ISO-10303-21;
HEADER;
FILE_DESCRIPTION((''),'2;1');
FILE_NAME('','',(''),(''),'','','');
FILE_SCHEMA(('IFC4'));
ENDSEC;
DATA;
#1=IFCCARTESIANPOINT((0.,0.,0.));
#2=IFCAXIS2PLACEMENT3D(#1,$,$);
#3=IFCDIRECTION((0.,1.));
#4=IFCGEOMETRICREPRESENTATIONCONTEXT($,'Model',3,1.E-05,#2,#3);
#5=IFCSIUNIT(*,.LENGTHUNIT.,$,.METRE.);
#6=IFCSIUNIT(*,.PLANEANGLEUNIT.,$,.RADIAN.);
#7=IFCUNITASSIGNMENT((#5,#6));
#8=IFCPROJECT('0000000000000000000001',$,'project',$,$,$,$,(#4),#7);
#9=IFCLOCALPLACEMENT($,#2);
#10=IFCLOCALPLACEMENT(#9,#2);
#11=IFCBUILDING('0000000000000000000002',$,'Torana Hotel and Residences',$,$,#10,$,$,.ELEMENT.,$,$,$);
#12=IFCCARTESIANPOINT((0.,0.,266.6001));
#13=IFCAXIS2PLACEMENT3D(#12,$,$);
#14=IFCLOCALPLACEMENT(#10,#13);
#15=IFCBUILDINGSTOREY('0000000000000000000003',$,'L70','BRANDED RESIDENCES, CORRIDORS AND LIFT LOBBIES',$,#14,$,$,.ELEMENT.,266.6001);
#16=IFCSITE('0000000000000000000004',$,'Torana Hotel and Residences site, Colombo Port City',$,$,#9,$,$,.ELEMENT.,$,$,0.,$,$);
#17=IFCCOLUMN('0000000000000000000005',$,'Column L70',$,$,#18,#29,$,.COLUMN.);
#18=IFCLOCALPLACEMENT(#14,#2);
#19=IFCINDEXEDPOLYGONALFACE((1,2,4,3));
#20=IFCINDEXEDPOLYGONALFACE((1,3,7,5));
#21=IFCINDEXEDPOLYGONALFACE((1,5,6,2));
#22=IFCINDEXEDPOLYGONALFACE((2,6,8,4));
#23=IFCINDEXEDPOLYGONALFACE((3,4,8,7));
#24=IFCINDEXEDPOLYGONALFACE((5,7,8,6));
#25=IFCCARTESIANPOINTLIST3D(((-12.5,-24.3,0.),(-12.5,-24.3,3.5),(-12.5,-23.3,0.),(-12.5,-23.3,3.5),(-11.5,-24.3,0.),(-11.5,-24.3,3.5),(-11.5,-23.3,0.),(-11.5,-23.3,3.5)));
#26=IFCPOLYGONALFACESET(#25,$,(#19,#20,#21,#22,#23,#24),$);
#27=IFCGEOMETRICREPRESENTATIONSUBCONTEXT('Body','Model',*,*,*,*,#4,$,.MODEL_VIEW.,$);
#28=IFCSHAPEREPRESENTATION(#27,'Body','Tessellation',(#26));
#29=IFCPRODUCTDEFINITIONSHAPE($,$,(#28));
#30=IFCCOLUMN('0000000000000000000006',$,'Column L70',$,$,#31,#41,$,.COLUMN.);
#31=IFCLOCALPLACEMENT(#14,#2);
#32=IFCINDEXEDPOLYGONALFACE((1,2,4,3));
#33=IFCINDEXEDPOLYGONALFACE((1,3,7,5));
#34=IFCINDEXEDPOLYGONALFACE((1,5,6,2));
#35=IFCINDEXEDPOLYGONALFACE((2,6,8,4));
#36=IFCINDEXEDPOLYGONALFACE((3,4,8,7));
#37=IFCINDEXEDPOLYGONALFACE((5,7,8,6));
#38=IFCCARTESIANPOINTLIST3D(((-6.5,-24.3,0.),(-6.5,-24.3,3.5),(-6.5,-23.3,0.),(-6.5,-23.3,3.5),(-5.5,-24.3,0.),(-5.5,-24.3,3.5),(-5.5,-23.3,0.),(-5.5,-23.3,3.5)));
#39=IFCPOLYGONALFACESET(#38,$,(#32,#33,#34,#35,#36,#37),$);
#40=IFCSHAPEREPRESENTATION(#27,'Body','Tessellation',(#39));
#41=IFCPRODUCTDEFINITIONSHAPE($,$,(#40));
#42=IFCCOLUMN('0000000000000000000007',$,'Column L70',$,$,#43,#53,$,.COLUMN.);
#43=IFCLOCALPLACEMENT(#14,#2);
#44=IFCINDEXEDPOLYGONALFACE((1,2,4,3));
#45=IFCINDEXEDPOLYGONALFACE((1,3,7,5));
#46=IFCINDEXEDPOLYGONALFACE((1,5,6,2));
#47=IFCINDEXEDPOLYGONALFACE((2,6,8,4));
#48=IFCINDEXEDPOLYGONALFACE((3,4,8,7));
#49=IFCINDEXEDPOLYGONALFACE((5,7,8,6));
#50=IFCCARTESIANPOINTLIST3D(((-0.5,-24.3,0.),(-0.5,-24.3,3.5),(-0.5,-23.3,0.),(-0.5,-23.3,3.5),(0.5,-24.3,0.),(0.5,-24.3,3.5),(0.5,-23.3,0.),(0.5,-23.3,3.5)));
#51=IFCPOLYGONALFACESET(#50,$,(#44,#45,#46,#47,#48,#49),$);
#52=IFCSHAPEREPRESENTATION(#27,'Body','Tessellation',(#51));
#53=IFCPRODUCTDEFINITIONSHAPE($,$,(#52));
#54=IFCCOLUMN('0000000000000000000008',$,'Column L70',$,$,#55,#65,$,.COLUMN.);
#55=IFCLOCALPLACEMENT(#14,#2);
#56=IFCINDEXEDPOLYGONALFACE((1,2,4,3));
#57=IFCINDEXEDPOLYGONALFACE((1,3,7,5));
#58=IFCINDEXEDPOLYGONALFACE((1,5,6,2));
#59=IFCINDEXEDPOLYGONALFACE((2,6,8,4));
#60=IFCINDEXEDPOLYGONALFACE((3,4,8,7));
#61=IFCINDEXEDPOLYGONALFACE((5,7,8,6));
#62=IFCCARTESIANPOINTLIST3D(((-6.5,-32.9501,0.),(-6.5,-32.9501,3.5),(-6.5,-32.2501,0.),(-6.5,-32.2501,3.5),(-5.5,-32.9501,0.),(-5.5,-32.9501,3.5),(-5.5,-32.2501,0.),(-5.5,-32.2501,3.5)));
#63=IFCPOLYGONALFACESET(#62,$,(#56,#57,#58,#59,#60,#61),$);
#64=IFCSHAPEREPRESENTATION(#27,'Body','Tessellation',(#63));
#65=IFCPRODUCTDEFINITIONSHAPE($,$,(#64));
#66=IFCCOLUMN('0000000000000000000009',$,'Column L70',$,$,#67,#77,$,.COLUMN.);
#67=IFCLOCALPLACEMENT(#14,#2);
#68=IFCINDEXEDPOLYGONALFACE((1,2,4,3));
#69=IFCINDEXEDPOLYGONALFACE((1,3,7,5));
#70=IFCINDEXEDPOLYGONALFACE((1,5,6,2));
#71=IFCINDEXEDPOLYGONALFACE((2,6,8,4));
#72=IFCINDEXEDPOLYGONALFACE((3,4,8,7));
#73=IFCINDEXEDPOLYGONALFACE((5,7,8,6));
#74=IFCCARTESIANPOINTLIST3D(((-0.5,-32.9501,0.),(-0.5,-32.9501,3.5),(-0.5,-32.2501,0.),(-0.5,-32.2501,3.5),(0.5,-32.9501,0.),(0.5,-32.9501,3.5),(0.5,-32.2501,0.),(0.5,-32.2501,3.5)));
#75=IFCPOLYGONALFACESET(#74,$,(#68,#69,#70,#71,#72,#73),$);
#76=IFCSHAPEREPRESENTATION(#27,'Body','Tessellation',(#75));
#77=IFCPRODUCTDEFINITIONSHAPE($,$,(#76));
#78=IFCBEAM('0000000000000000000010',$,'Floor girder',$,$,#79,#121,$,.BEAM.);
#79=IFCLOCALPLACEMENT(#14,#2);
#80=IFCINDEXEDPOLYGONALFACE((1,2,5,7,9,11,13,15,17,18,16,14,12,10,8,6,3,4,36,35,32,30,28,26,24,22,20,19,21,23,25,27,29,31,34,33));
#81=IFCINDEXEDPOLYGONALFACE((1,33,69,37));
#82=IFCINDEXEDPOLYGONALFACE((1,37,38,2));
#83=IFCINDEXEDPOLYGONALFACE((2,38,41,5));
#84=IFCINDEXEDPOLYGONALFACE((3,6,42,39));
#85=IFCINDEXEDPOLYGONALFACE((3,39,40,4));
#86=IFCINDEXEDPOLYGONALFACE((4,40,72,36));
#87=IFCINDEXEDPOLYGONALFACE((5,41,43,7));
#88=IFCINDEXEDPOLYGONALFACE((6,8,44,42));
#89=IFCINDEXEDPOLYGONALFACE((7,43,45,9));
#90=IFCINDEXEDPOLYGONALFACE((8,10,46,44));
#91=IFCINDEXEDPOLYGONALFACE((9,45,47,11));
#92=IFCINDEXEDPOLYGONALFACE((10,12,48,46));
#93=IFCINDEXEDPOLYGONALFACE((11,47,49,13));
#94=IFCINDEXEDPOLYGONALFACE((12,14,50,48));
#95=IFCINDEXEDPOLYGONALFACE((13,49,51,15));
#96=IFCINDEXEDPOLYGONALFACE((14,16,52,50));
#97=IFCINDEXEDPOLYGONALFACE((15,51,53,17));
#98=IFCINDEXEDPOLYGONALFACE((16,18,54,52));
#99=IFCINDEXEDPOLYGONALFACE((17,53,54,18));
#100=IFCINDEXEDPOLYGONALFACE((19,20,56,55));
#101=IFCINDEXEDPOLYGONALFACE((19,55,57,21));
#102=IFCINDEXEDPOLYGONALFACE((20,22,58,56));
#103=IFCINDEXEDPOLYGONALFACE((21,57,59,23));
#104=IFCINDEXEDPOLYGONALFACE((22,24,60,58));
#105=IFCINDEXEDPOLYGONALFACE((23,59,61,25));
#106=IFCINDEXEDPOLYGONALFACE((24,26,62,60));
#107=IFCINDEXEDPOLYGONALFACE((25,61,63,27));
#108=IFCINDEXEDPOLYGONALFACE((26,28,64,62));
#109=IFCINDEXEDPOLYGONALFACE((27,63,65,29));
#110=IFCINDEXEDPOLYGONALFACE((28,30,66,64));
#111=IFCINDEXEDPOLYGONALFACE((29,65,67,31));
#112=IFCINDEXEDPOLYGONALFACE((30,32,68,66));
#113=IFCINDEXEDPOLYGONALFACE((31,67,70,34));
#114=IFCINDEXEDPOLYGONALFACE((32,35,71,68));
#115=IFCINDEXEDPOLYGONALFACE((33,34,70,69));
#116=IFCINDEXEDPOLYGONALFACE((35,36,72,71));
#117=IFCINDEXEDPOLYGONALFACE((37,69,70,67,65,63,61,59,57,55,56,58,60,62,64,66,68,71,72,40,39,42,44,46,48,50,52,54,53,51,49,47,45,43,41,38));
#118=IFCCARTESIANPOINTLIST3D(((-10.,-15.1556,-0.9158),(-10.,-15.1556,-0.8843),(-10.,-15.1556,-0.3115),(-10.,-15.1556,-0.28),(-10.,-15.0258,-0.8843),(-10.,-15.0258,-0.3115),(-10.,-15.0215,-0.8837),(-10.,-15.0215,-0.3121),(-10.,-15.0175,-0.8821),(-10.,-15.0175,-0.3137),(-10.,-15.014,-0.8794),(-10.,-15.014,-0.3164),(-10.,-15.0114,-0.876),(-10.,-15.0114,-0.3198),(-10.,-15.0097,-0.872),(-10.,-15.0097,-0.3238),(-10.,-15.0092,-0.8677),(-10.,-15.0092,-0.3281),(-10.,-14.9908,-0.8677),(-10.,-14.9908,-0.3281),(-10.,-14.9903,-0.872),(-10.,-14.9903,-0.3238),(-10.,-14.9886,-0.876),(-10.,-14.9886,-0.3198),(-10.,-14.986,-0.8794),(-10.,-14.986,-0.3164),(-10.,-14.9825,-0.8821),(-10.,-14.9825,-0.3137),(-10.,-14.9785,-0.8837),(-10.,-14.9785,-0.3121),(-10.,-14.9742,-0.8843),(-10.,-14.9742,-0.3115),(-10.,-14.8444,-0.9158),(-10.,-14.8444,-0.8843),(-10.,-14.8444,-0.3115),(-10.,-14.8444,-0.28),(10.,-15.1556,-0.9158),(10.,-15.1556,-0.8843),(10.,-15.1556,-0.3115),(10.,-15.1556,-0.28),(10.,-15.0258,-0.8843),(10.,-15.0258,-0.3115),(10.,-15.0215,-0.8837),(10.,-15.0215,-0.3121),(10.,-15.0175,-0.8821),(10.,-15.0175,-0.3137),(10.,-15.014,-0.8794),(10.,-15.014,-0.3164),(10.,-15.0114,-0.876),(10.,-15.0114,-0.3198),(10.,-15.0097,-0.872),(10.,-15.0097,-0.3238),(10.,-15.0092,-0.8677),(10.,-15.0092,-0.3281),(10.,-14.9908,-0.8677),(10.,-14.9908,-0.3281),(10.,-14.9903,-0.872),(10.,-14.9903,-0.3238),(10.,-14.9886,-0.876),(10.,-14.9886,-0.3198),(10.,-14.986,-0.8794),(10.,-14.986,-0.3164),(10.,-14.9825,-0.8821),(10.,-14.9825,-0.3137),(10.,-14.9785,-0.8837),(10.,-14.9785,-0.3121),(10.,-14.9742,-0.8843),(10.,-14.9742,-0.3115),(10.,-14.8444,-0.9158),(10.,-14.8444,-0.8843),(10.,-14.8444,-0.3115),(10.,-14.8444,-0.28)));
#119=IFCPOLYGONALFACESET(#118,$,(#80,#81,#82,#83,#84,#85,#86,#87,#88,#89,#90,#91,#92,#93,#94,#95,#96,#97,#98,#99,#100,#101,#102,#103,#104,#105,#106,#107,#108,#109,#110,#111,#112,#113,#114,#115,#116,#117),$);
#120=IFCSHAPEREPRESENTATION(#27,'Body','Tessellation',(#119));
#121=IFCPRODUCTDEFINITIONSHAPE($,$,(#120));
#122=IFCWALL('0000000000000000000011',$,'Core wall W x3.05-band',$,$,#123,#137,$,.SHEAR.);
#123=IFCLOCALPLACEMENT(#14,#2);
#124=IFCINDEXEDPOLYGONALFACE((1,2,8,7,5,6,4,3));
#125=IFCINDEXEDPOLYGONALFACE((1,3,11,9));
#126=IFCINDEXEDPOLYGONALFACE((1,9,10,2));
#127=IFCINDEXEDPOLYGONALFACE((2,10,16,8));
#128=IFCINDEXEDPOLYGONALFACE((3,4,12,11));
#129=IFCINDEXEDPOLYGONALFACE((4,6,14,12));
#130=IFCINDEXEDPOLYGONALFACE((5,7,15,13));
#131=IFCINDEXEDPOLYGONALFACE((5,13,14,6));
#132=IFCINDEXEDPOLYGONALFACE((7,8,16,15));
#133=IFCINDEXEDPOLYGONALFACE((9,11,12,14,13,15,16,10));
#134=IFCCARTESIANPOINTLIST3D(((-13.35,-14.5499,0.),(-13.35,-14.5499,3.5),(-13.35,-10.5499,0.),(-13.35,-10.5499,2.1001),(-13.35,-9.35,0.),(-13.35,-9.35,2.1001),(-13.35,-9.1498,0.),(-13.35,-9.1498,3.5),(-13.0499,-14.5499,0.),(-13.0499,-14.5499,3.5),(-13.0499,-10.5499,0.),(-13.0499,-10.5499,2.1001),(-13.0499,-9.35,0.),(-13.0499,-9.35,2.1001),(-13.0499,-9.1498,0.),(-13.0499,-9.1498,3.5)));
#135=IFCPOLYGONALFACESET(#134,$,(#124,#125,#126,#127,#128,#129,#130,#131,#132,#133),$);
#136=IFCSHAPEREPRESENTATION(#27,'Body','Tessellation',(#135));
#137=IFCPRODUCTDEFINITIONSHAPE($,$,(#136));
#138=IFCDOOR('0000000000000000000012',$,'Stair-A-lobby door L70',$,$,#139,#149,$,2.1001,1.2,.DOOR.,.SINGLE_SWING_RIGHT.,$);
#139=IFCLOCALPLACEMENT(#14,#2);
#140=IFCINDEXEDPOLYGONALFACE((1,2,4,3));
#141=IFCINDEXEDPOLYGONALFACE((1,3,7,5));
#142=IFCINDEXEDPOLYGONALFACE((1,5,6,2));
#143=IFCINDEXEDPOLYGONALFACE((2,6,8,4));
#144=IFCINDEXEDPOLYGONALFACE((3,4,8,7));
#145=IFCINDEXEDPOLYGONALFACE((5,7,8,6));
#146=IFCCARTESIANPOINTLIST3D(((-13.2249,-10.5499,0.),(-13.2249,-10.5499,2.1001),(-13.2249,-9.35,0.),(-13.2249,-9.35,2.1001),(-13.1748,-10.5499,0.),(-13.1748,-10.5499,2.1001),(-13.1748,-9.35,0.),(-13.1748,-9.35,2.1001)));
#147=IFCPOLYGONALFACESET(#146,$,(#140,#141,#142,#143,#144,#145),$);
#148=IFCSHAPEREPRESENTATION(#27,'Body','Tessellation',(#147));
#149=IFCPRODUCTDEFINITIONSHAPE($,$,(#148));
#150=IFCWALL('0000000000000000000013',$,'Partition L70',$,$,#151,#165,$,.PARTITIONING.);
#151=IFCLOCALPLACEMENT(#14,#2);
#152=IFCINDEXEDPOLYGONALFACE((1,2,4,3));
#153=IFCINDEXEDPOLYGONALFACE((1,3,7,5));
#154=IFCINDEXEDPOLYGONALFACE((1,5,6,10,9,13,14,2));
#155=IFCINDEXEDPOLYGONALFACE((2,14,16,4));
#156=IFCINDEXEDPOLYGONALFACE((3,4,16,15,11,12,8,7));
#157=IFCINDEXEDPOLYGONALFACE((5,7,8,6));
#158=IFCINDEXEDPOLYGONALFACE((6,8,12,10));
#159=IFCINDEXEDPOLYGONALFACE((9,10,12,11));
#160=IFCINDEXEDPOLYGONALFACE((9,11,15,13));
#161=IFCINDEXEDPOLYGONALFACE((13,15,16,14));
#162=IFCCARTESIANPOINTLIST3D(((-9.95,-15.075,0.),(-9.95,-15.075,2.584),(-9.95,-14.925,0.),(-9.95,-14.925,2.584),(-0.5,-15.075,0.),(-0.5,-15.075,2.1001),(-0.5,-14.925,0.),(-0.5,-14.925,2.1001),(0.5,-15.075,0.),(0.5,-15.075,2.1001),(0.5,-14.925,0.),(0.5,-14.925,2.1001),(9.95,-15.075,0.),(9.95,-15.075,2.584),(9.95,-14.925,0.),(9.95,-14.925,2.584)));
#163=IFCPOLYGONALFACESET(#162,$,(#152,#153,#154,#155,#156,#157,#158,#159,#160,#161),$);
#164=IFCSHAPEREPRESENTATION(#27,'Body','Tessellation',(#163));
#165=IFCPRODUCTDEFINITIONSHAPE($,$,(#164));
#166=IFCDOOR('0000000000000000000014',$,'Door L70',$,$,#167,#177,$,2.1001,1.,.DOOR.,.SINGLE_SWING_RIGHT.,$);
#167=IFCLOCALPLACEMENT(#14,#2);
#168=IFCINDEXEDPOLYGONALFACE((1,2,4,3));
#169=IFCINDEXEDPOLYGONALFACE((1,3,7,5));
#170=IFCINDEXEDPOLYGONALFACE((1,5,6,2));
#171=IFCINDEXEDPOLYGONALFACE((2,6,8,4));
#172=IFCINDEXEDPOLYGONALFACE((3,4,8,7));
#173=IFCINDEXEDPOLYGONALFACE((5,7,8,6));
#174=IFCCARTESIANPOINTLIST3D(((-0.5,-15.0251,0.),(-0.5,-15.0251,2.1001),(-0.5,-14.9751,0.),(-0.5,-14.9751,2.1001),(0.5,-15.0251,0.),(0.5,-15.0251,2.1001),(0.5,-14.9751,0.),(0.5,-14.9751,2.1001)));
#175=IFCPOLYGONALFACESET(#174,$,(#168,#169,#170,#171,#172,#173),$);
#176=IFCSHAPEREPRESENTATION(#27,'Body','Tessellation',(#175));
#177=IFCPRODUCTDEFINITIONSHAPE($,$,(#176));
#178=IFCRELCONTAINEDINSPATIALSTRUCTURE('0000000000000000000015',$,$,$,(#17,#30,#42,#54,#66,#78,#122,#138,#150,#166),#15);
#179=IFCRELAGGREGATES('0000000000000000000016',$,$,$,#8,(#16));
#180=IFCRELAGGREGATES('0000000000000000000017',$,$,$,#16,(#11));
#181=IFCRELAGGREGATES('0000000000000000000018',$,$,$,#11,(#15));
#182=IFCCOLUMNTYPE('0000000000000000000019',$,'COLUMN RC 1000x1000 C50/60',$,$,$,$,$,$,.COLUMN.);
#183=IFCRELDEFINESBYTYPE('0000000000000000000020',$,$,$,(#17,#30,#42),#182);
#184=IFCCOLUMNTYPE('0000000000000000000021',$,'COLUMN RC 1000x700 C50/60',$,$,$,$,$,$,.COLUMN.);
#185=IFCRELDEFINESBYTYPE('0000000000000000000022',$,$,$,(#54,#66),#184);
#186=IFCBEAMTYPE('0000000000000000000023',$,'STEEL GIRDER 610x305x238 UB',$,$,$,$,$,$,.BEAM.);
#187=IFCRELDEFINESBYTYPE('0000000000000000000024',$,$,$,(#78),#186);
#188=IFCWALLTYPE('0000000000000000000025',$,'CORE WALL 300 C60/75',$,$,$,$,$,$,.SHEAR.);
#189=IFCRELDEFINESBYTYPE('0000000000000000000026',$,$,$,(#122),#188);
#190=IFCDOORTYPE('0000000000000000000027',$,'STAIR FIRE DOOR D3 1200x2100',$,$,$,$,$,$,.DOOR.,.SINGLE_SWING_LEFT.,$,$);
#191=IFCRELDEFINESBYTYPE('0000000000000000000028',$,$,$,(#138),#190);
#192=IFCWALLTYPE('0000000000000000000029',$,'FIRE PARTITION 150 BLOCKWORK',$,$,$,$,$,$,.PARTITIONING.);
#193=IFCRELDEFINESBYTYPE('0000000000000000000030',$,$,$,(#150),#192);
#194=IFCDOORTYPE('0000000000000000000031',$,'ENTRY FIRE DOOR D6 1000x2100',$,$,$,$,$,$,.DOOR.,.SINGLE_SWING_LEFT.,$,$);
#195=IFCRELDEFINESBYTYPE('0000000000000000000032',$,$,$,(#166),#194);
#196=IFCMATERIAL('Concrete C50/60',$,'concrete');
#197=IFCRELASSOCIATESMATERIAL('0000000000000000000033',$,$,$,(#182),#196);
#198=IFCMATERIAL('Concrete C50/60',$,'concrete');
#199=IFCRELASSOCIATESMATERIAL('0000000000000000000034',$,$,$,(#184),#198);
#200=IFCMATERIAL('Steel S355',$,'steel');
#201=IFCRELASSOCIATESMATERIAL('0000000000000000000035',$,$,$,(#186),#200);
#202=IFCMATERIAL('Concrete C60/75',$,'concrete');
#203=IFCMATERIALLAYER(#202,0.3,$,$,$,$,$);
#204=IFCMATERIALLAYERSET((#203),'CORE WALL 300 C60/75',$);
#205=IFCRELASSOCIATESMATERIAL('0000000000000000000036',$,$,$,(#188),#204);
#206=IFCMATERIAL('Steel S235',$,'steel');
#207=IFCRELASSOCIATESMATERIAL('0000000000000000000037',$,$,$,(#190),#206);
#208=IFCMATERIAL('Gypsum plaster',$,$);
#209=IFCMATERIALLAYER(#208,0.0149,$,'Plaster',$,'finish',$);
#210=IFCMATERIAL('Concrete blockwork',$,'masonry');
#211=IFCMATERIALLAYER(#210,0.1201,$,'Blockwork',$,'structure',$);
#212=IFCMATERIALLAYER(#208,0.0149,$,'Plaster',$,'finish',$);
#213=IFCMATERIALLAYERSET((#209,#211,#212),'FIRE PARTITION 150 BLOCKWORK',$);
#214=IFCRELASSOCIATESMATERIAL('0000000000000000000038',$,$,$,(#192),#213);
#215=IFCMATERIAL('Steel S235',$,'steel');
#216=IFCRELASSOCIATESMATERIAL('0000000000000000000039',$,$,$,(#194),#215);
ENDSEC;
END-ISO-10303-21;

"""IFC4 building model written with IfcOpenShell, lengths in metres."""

from ifc_helpers import new_model, si_unit, direction, frame, frame_2d, origin, origin_2d, place, context, subcontext, project, spatial, rectangle, i_section, extrude, material, layer, layer_set, material_profile, profile_set, type_object, element, fill, save


model = new_model("IFC4")

# Units and contexts
model_context = context("Model", 3, precision=1e-05, world=origin(), true_north=direction((0.0, 1.0)))
body_context = subcontext(model_context, "Body", "Model", "MODEL_VIEW")
ifc_project = project(units=[si_unit("LENGTHUNIT", "METRE"), si_unit("PLANEANGLEUNIT", "RADIAN")], contexts=[model_context])

# Site, building, storey
site_placement = place(None, origin())
site = spatial("IfcSite", under=ifc_project, at=site_placement, Name="Torana Hotel and Residences site, Colombo Port City", CompositionType="ELEMENT", RefElevation=0.0)
building_placement = place(site_placement, origin())
building = spatial("IfcBuilding", under=site, at=building_placement, Name="Torana Hotel and Residences", CompositionType="ELEMENT")
storey_placement = place(building_placement, frame((0.0, 0.0, 266.6001)))
storey = spatial("IfcBuildingStorey", under=building, at=storey_placement, Name="L70", Description="BRANDED RESIDENCES, CORRIDORS AND LIFT LOBBIES", CompositionType="ELEMENT", Elevation=266.6001)

# Columns
ifc_material_1 = material(Name="Concrete C50/60", Category="concrete")
ifc_material_profile_1 = material_profile(ifc_material_1, rectangle(XDim=1.0, YDim=1.0, at=origin_2d()), Name="RC 1000x1000")
ifc_profile_set_1 = profile_set([ifc_material_profile_1], Name="Concrete C50/60")
column_type_1 = type_object("IfcColumnType", Name="COLUMN RC 1000x1000 C50/60", PredefinedType="COLUMN", material=ifc_profile_set_1)
for number, where, z_axis, x_axis, name in (
    (1, (-12.0, -23.8, 0.0), (0.0, 0.0, 1.0), (1.0, 0.0, 0.0), "Column L70"),
    (2, (-6.0, -23.8, 0.0), (0.0, 0.0, 1.0), (1.0, 0.0, 0.0), "Column L70"),
    (3, (0.0, -23.8, 0.0), (0.0, 0.0, 1.0), (1.0, 0.0, 0.0), "Column L70"),
):
    element("IfcColumn", number, at=place(storey_placement, frame(where, z_axis=z_axis, x_axis=x_axis)), inside=storey, type_object=column_type_1, Name=name, PredefinedType="COLUMN", context=body_context, shape_type="SweptSolid", body=[
        extrude(rectangle(XDim=1.0, YDim=1.0, at=origin_2d()), origin(), (0.0, 0.0, 1.0), 3.5),
    ])
ifc_material_2 = material(Name="Concrete C50/60", Category="concrete")
ifc_material_profile_2 = material_profile(ifc_material_2, rectangle(XDim=1.0, YDim=0.7, at=origin_2d()), Name="RC 1000x700")
ifc_profile_set_2 = profile_set([ifc_material_profile_2], Name="Concrete C50/60")
column_type_2 = type_object("IfcColumnType", Name="COLUMN RC 1000x700 C50/60", PredefinedType="COLUMN", material=ifc_profile_set_2)
for number, where, z_axis, x_axis, name in (
    (4, (-6.0, -32.6001, 0.0), (0.0, 0.0, 1.0), (1.0, 0.0, 0.0), "Column L70"),
    (5, (0.0, -32.6001, 0.0), (0.0, 0.0, 1.0), (1.0, 0.0, 0.0), "Column L70"),
):
    element("IfcColumn", number, at=place(storey_placement, frame(where, z_axis=z_axis, x_axis=x_axis)), inside=storey, type_object=column_type_2, Name=name, PredefinedType="COLUMN", context=body_context, shape_type="SweptSolid", body=[
        extrude(rectangle(XDim=1.0, YDim=0.7, at=origin_2d()), origin(), (0.0, 0.0, 1.0), 3.5),
    ])

# Beam
ifc_material_3 = material(Name="Steel S355", Category="steel")
ifc_material_profile_3 = material_profile(ifc_material_3, i_section(OverallWidth=0.3113, OverallDepth=0.6357, WebThickness=0.0183, FlangeThickness=0.0315, FilletRadius=0.0166, at=origin_2d()), Name="610x305x238 UB")
ifc_profile_set_3 = profile_set([ifc_material_profile_3], Name="Steel S355")
beam_type = type_object("IfcBeamType", Name="STEEL GIRDER 610x305x238 UB", PredefinedType="BEAM", material=ifc_profile_set_3)
beam_placement = place(storey_placement, frame((-10.0, -15.0, -0.5979), z_axis=(1.0, 0.0, 0.0), x_axis=(0.0, 1.0, 0.0)))
element("IfcBeam", 6, at=beam_placement, inside=storey, type_object=beam_type, Name="Floor girder", PredefinedType="BEAM", context=body_context, shape_type="SweptSolid", body=[
    extrude(i_section(OverallWidth=0.3113, OverallDepth=0.6357, WebThickness=0.0183, FlangeThickness=0.0315, FilletRadius=0.0166, at=origin_2d()), origin(), (0.0, 0.0, 1.0), 20.0),
])

# Wall, opening, door
ifc_material_4 = material(Name="Concrete C60/75", Category="concrete")
ifc_layer_1 = layer(ifc_material_4, 0.3)
ifc_layer_set_1 = layer_set([ifc_layer_1], Name="CORE WALL 300 C60/75")
wall_type_1 = type_object("IfcWallType", Name="CORE WALL 300 C60/75", PredefinedType="SHEAR", material=ifc_layer_set_1)
wall_1_placement = place(storey_placement, frame((-13.2, -14.55, 0.0), z_axis=(0.0, 0.0, 1.0), x_axis=(0.0, 1.0, 0.0)))
wall_1 = element("IfcWall", 7, at=wall_1_placement, inside=storey, type_object=wall_type_1, Name="Core wall W x3.05-band", PredefinedType="SHEAR", context=body_context, shape_type="SweptSolid", body=[
    extrude(rectangle(XDim=5.4001, YDim=0.3, at=frame_2d((2.7002, 0.0))), origin(), (0.0, 0.0, 1.0), 3.5),
])
opening_1_placement = place(wall_1_placement, frame((4.0, 0.0, 0.0)))
opening_1 = element("IfcOpeningElement", 8, at=opening_1_placement, cuts=wall_1, PredefinedType="OPENING", context=body_context, shape_type="SweptSolid", body=[
    extrude(rectangle(XDim=1.2, YDim=2.1001, at=frame_2d((0.6001, 1.05))), frame((0.0, 0.1599, 0.0), z_axis=(0.0, -1.0, 0.0), x_axis=(1.0, 0.0, 0.0)), (0.0, 0.0, 1.0), 0.3201),
])
ifc_material_5 = material(Name="Steel S235", Category="steel")
door_type_1 = type_object("IfcDoorType", Name="STAIR FIRE DOOR D3 1200x2100", OperationType="SINGLE_SWING_LEFT", PredefinedType="DOOR", material=ifc_material_5)
door_1_placement = place(opening_1_placement, frame((0.6001, 0.0, 0.0), z_axis=(0.0, 0.0, 1.0), x_axis=(-1.0, 0.0, 0.0)))
door_1 = element("IfcDoor", 9, at=door_1_placement, inside=storey, type_object=door_type_1, Name="Stair-A-lobby door L70", OperationType="SINGLE_SWING_RIGHT", OverallHeight=2.1001, OverallWidth=1.2, PredefinedType="DOOR", context=body_context, shape_type="SweptSolid", body=[
    extrude(rectangle(XDim=1.2, YDim=2.1001, at=frame_2d((0.0, 1.05))), frame((0.0, -0.0249, 0.0), z_axis=(0.0, 1.0, 0.0), x_axis=(-1.0, 0.0, 0.0)), (0.0, 0.0, 1.0), 0.05),
])
fill(opening_1, door_1)

# Wall, opening, door
ifc_material_6 = material(Name="Gypsum plaster")
ifc_layer_2 = layer(ifc_material_6, 0.0149, Name="Plaster", Category="finish")
ifc_material_7 = material(Name="Concrete blockwork", Category="masonry")
ifc_layer_3 = layer(ifc_material_7, 0.1201, Name="Blockwork", Category="structure")
ifc_layer_4 = layer(ifc_material_6, 0.0149, Name="Plaster", Category="finish")
ifc_layer_set_2 = layer_set([ifc_layer_2, ifc_layer_3, ifc_layer_4], Name="FIRE PARTITION 150 BLOCKWORK")
wall_type_2 = type_object("IfcWallType", Name="FIRE PARTITION 150 BLOCKWORK", PredefinedType="PARTITIONING", material=ifc_layer_set_2)
wall_2_placement = place(storey_placement, frame((-9.95, -15.0, 0.0), z_axis=(0.0, 0.0, 1.0), x_axis=(1.0, 0.0, 0.0)))
wall_2 = element("IfcWall", 10, at=wall_2_placement, inside=storey, type_object=wall_type_2, Name="Partition L70", PredefinedType="PARTITIONING", context=body_context, shape_type="SweptSolid", body=[
    extrude(rectangle(XDim=19.8999, YDim=0.1499, at=frame_2d((9.95, 0.0))), origin(), (0.0, 0.0, 1.0), 2.584),
])
opening_2_placement = place(wall_2_placement, frame((9.45, 0.0, 0.0)))
opening_2 = element("IfcOpeningElement", 11, at=opening_2_placement, cuts=wall_2, PredefinedType="OPENING", context=body_context, shape_type="SweptSolid", body=[
    extrude(rectangle(XDim=1.0, YDim=2.1001, at=frame_2d((0.5, 1.05))), frame((0.0, 0.085, 0.0), z_axis=(0.0, -1.0, 0.0), x_axis=(1.0, 0.0, 0.0)), (0.0, 0.0, 1.0), 0.1699),
])
ifc_material_8 = material(Name="Steel S235", Category="steel")
door_type_2 = type_object("IfcDoorType", Name="ENTRY FIRE DOOR D6 1000x2100", OperationType="SINGLE_SWING_LEFT", PredefinedType="DOOR", material=ifc_material_8)
door_2_placement = place(opening_2_placement, origin())
door_2 = element("IfcDoor", 12, at=door_2_placement, inside=storey, type_object=door_type_2, Name="Door L70", OperationType="SINGLE_SWING_RIGHT", OverallHeight=2.1001, OverallWidth=1.0, PredefinedType="DOOR", context=body_context, shape_type="SweptSolid", body=[
    extrude(rectangle(XDim=1.0, YDim=2.1001, at=frame_2d((0.5, 1.05))), frame((0.0, 0.0249, 0.0), z_axis=(0.0, -1.0, 0.0), x_axis=(1.0, 0.0, 0.0)), (0.0, 0.0, 1.0), 0.05),
])
fill(opening_2, door_2)

save(model, "model.ifc")
